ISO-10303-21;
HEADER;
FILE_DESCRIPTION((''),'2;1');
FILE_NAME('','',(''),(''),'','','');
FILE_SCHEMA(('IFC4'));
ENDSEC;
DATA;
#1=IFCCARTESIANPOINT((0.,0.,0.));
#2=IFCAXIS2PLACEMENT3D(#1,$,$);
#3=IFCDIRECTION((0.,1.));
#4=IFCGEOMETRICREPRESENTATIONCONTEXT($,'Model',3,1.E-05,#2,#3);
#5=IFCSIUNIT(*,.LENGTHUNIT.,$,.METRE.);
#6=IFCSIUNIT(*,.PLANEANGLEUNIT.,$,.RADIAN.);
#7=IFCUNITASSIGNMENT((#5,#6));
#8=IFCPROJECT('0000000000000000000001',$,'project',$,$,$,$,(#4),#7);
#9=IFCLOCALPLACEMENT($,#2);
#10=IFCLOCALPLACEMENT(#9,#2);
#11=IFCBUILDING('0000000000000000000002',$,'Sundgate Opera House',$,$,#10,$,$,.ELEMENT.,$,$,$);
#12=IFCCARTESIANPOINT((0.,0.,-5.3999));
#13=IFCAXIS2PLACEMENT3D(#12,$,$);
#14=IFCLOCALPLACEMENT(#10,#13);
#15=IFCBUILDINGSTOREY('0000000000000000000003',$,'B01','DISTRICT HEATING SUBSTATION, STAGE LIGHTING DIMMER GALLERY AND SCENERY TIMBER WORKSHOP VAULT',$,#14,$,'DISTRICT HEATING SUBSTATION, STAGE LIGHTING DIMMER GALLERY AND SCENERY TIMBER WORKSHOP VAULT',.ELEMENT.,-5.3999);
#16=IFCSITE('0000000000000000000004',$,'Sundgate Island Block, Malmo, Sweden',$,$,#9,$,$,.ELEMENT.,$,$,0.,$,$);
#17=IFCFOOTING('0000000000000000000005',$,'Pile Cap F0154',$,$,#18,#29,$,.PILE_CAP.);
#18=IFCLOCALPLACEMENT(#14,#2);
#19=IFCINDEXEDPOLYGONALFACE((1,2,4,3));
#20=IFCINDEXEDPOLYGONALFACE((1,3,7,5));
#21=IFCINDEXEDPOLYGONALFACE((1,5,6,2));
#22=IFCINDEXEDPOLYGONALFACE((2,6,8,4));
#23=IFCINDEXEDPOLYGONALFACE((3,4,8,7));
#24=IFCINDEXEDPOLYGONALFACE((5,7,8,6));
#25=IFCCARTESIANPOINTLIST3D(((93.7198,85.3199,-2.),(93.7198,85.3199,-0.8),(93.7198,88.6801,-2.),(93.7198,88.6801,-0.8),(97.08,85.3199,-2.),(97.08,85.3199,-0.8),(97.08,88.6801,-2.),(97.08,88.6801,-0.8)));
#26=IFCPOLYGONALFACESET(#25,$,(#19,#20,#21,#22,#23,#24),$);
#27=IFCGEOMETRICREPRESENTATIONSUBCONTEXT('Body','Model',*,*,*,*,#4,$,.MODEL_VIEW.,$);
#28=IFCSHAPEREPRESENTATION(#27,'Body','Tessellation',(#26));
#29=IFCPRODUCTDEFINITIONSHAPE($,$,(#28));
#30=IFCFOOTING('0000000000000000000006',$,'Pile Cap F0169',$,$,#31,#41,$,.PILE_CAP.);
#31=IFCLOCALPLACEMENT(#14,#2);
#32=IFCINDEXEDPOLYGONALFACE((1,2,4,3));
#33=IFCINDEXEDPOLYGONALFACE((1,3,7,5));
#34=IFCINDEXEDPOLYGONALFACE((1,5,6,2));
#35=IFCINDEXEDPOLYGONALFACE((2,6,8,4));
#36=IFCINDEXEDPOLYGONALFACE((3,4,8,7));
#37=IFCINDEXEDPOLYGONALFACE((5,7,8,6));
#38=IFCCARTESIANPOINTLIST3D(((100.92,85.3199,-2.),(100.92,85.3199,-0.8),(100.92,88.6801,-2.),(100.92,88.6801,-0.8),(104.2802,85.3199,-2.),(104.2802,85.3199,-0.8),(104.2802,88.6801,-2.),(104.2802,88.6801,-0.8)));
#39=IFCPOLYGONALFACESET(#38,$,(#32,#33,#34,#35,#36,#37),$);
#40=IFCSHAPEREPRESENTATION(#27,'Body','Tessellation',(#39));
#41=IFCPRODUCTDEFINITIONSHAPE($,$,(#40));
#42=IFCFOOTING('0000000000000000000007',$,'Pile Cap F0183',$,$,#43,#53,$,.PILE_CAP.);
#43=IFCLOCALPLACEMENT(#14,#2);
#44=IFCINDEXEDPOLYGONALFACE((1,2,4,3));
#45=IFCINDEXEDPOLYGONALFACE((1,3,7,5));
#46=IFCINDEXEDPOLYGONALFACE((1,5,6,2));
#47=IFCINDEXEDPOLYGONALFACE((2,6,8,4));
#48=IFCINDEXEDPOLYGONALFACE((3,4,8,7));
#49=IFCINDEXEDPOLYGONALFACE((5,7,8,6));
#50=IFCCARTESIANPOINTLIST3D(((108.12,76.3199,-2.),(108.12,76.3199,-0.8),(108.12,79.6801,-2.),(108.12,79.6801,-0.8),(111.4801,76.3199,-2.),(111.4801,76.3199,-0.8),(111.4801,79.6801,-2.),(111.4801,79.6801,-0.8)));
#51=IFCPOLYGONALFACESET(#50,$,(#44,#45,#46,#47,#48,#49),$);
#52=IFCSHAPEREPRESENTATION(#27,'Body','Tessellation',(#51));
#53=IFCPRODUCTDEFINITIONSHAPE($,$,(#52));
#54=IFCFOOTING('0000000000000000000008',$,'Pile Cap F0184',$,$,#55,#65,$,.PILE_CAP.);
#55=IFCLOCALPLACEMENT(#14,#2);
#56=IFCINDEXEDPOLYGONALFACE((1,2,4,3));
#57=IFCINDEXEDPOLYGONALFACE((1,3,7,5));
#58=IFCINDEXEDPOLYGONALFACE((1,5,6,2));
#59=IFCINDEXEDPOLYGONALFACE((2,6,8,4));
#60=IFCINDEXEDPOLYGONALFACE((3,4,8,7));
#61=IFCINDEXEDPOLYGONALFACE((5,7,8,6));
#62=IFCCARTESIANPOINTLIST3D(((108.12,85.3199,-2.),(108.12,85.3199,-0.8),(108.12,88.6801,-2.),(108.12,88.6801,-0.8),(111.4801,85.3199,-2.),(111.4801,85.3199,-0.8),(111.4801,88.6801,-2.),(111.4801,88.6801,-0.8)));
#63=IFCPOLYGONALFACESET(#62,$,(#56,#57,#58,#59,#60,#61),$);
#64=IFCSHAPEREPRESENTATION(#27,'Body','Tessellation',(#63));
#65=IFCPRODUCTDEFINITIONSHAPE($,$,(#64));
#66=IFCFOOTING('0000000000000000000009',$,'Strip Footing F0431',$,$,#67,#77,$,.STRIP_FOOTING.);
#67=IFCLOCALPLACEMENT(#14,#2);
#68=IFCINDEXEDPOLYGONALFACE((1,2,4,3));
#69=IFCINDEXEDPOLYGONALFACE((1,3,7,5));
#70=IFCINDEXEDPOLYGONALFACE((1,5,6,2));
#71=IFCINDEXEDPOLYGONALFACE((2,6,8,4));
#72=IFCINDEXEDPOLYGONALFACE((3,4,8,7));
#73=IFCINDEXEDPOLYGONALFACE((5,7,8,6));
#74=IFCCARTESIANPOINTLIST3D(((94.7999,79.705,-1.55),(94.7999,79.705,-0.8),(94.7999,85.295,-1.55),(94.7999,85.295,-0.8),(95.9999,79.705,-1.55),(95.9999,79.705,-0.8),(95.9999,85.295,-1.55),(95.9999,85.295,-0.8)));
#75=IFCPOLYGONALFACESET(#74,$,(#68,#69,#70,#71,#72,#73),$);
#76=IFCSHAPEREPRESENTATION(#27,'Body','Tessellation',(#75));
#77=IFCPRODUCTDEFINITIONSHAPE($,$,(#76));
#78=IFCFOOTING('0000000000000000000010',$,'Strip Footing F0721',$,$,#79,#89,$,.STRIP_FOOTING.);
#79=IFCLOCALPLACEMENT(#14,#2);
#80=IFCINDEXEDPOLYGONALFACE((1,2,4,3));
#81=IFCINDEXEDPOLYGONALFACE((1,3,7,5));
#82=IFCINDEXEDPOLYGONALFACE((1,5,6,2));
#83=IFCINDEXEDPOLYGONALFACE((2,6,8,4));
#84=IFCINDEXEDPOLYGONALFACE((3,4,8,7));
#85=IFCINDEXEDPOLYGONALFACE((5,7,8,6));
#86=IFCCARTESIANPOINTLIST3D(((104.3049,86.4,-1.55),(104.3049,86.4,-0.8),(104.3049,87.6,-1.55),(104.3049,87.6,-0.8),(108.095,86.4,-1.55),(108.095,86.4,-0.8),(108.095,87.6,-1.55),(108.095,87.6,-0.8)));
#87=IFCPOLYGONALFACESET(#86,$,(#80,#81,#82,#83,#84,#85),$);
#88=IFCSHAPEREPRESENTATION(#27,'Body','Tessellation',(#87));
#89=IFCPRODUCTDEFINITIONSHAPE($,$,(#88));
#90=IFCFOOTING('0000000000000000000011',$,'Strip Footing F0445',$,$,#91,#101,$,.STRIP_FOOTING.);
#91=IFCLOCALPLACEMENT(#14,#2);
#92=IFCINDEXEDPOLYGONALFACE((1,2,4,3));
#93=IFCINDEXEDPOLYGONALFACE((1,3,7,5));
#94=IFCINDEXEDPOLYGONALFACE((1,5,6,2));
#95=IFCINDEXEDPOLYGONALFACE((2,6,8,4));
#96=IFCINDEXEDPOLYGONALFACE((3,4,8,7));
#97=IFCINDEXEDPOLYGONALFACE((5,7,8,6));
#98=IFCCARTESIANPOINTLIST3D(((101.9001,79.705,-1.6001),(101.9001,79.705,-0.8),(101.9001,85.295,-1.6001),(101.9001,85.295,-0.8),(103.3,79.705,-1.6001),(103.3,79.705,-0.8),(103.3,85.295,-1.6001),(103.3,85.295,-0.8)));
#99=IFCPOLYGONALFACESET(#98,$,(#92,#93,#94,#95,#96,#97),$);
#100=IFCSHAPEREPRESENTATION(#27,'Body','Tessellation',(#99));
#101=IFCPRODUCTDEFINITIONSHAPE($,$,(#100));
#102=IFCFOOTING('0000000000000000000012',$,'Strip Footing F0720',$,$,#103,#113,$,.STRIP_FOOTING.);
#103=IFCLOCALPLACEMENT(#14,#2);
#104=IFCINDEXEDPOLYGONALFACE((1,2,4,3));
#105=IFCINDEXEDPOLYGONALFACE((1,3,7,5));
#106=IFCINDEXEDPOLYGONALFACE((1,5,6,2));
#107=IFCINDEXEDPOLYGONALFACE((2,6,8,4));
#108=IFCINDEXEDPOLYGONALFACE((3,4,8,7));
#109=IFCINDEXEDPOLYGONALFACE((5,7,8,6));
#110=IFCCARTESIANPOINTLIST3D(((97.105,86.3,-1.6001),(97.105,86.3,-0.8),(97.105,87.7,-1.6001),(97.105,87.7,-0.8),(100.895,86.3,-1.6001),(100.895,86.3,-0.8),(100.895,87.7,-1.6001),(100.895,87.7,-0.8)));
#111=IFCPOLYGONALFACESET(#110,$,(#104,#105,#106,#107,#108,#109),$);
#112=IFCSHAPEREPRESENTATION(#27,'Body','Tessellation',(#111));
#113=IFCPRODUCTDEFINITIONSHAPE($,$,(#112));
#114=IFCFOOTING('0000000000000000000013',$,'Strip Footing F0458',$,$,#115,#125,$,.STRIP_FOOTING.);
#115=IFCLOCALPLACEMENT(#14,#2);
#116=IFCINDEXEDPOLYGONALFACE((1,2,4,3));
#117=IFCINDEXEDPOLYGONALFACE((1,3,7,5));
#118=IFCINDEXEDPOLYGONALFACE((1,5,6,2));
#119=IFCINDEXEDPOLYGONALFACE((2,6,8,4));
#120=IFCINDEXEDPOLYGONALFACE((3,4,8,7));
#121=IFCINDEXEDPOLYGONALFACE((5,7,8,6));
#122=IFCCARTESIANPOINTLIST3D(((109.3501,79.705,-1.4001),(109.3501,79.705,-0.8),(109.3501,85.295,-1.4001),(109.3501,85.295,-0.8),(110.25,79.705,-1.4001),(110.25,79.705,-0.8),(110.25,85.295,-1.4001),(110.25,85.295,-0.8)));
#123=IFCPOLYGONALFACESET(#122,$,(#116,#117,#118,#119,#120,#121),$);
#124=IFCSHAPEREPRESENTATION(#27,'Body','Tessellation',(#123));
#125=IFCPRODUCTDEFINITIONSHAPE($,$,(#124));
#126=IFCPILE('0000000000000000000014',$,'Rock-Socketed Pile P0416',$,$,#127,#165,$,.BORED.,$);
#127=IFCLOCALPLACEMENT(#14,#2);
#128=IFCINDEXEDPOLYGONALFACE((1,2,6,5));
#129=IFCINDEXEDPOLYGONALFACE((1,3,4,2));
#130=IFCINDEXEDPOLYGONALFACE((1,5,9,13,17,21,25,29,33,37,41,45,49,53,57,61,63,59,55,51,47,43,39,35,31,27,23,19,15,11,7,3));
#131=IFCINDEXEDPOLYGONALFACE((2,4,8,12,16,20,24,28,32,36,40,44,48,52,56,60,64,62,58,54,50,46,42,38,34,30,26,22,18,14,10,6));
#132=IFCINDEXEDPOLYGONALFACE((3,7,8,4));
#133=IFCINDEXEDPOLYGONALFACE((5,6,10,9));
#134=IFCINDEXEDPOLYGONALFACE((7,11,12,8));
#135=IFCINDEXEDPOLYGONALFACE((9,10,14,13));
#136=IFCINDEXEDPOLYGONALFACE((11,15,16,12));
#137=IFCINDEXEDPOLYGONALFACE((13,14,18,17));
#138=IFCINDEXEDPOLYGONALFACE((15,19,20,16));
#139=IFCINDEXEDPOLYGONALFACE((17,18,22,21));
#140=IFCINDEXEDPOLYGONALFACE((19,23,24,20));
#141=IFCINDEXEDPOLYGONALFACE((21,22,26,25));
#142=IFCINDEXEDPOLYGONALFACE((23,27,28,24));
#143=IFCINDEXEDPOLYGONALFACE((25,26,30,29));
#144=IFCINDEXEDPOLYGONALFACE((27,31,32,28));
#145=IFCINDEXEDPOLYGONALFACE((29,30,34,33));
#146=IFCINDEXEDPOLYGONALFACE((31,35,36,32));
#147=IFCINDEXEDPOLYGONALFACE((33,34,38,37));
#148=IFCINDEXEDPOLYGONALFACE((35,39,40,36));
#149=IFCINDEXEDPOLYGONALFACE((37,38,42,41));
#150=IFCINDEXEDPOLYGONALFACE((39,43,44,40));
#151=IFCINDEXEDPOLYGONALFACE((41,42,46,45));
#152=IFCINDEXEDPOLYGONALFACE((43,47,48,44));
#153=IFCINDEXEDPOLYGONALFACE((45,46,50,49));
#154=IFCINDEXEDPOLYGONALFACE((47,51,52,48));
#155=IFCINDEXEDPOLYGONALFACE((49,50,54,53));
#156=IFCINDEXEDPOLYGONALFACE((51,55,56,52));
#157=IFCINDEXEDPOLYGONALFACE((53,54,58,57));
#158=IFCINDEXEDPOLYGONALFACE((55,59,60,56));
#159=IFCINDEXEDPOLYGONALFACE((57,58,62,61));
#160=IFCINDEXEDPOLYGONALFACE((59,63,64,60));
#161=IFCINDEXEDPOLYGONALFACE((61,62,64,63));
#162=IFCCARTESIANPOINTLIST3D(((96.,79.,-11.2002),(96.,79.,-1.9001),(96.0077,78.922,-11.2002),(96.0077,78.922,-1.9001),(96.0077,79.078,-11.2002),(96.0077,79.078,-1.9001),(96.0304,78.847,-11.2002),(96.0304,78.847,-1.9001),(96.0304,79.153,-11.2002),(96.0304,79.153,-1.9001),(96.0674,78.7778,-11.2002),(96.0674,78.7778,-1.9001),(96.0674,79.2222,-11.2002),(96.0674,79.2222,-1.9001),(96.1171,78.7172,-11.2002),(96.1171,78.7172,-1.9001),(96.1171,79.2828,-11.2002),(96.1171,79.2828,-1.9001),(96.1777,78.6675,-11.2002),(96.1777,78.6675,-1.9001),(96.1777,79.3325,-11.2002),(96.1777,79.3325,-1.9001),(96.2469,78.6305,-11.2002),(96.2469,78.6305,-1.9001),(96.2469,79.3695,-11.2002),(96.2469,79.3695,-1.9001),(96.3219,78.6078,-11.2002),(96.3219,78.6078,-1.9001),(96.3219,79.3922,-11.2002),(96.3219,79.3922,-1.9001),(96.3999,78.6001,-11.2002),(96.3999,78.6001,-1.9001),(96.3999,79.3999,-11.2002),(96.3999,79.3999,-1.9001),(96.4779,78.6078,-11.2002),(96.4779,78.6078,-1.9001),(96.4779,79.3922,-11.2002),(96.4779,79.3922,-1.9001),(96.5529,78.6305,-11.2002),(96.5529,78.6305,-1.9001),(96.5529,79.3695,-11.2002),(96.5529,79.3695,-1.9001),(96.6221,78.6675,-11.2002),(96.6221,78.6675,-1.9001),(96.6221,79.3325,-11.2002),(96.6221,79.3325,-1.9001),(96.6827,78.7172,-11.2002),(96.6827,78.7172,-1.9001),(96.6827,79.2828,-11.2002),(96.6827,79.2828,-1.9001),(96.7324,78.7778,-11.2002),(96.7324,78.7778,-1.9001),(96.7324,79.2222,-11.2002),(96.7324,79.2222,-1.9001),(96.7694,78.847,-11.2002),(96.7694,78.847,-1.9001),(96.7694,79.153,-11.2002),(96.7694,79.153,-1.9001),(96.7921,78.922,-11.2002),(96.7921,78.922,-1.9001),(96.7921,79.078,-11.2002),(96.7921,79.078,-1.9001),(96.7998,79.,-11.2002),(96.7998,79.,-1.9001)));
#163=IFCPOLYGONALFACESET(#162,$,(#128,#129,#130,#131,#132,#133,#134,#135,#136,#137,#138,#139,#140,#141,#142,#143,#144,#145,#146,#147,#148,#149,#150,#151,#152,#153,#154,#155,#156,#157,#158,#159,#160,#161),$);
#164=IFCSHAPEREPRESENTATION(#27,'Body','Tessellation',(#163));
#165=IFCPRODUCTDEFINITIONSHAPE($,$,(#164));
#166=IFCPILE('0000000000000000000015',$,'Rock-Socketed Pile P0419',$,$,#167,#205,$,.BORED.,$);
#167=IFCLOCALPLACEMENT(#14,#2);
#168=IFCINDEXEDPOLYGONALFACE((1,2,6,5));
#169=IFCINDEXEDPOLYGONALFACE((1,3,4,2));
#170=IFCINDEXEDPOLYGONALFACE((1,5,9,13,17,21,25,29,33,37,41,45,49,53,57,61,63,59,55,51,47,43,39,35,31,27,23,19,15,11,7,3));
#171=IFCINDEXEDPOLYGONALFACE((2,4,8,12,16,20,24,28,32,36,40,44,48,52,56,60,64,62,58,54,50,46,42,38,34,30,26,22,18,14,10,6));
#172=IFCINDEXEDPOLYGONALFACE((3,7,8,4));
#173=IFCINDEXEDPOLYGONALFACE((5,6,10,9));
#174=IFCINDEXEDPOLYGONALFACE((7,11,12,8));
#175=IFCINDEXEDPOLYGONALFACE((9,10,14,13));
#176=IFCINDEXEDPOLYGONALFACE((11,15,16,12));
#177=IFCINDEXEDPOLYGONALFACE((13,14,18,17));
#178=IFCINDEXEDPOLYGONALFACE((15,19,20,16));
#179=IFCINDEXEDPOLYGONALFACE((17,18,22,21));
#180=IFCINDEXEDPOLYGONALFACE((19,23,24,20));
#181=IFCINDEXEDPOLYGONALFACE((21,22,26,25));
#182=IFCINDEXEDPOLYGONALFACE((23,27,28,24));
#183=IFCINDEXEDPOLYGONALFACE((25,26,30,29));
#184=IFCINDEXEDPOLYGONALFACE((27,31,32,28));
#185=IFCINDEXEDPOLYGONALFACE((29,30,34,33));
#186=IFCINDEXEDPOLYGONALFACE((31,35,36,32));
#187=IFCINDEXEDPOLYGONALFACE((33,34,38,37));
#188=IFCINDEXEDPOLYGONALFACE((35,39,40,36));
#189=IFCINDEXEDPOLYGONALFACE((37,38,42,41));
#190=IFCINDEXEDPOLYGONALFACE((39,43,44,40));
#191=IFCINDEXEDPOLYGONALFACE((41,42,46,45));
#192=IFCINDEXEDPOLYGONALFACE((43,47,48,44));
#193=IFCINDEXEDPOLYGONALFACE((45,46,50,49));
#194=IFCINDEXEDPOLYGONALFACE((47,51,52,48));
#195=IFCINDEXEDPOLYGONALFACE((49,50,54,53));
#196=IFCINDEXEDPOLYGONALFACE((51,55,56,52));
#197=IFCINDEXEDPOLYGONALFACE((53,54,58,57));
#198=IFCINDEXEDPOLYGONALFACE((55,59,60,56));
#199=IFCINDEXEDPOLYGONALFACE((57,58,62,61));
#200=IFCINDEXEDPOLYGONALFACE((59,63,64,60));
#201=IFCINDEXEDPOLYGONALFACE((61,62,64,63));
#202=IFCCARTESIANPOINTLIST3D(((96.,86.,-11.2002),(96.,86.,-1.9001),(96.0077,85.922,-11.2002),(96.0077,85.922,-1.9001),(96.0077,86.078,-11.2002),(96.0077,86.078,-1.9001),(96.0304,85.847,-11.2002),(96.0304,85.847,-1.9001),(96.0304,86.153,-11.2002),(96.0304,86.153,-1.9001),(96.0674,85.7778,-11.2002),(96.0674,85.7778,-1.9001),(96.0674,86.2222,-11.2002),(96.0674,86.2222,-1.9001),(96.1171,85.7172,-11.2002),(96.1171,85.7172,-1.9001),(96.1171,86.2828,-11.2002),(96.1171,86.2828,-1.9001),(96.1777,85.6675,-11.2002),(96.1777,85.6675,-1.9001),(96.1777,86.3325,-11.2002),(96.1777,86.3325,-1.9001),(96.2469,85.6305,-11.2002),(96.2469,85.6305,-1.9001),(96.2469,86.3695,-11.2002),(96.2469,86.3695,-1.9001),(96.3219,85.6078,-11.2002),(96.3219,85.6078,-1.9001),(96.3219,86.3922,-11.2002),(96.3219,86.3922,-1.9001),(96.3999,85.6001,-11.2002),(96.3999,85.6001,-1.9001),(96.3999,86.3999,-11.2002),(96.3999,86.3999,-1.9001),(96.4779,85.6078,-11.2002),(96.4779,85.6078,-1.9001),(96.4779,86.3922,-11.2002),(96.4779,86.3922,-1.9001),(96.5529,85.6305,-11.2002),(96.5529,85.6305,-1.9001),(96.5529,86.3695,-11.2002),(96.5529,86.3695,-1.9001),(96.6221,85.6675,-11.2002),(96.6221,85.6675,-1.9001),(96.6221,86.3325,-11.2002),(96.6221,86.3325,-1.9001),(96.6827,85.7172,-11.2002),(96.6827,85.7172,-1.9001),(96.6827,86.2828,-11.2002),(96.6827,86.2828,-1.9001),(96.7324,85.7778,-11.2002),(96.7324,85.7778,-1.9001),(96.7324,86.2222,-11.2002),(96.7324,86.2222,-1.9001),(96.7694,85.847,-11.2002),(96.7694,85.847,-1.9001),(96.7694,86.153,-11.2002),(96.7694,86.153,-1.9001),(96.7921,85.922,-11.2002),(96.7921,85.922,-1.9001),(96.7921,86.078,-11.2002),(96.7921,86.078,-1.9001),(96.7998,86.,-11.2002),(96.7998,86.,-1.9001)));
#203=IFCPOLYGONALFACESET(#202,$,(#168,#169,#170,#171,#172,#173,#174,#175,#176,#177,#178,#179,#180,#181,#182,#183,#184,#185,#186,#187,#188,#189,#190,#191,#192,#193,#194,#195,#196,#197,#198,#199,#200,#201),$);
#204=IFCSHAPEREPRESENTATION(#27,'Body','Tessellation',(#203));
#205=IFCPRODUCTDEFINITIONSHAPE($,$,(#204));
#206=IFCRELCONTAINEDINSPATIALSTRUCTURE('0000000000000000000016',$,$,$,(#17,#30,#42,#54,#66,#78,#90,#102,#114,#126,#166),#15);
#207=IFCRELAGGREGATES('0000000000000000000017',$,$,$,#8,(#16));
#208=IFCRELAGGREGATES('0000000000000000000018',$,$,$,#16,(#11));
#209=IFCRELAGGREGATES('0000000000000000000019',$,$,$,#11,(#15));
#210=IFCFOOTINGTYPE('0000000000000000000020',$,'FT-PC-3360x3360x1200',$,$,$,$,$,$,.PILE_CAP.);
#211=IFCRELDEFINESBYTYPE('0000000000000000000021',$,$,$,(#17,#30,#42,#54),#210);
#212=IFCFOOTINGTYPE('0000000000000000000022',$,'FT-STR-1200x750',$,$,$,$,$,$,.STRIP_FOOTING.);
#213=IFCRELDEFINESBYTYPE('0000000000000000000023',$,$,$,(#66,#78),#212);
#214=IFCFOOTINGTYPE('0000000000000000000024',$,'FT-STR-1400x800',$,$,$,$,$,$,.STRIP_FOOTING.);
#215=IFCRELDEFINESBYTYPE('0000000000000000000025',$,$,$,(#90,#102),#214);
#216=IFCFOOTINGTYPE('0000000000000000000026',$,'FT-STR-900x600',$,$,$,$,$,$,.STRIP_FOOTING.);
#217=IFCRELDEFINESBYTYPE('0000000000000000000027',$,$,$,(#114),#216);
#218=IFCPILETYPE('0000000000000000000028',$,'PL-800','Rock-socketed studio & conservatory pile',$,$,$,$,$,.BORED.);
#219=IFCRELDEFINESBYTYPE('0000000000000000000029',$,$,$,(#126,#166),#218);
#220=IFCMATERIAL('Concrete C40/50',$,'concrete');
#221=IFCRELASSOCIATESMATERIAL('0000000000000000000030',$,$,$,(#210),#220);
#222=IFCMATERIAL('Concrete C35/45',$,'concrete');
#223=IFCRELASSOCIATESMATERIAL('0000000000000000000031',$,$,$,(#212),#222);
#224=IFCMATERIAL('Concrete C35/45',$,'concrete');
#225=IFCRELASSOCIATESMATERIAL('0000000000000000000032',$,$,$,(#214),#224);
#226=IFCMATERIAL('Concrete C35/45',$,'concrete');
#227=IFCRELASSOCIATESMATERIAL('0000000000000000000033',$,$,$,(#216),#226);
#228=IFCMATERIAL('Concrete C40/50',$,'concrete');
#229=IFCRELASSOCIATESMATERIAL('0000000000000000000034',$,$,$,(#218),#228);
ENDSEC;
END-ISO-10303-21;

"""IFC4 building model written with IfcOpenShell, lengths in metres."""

from ifc_helpers import new_model, si_unit, direction, frame, origin, origin_2d, place, context, subcontext, project, spatial, rectangle, circle, extrude, material, material_profile, profile_set, type_object, element, save


model = new_model("IFC4")

# Units and contexts
model_context = context("Model", 3, precision=1e-05, world=origin(), true_north=direction((0.0, 1.0)))
body_context = subcontext(model_context, "Body", "Model", "MODEL_VIEW")
ifc_project = project(units=[si_unit("LENGTHUNIT", "METRE"), si_unit("PLANEANGLEUNIT", "RADIAN")], contexts=[model_context])

# Site, building, storey
site_placement = place(None, origin())
site = spatial("IfcSite", under=ifc_project, at=site_placement, Name="Sundgate Island Block, Malmo, Sweden", CompositionType="ELEMENT", RefElevation=0.0)
building_placement = place(site_placement, origin())
building = spatial("IfcBuilding", under=site, at=building_placement, Name="Sundgate Opera House", CompositionType="ELEMENT")
storey_placement = place(building_placement, frame((0.0, 0.0, -5.3999)))
storey = spatial("IfcBuildingStorey", under=building, at=storey_placement, Name="B01", Description="DISTRICT HEATING SUBSTATION, STAGE LIGHTING DIMMER GALLERY AND SCENERY TIMBER WORKSHOP VAULT", LongName="DISTRICT HEATING SUBSTATION, STAGE LIGHTING DIMMER GALLERY AND SCENERY TIMBER WORKSHOP VAULT", CompositionType="ELEMENT", Elevation=-5.3999)

# Footings
ifc_material_1 = material(Name="Concrete C40/50", Category="concrete")
footing_type_1 = type_object("IfcFootingType", Name="FT-PC-3360x3360x1200", PredefinedType="PILE_CAP", material=ifc_material_1)
for number, where, z_axis, x_axis, name in (
    (1, (95.3999, 87.0, -2.0), (0.0, 0.0, 1.0), (1.0, 0.0, 0.0), "Pile Cap F0154"),
    (2, (102.6001, 87.0, -2.0), (0.0, 0.0, 1.0), (1.0, 0.0, 0.0), "Pile Cap F0169"),
    (3, (109.8, 78.0, -2.0), (0.0, 0.0, 1.0), (1.0, 0.0, 0.0), "Pile Cap F0183"),
    (4, (109.8, 87.0, -2.0), (0.0, 0.0, 1.0), (1.0, 0.0, 0.0), "Pile Cap F0184"),
):
    element("IfcFooting", number, at=place(storey_placement, frame(where, z_axis=z_axis, x_axis=x_axis)), inside=storey, type_object=footing_type_1, Name=name, PredefinedType="PILE_CAP", context=body_context, shape_type="SweptSolid", body=[
        extrude(rectangle(XDim=3.3601, YDim=3.3601, at=origin_2d()), origin(), (0.0, 0.0, 1.0), 1.2),
    ])
ifc_material_2 = material(Name="Concrete C35/45", Category="concrete")
footing_type_2 = type_object("IfcFootingType", Name="FT-STR-1200x750", PredefinedType="STRIP_FOOTING", material=ifc_material_2)
footing_1_placement = place(storey_placement, frame((95.3999, 82.5, -1.55), z_axis=(0.0, 0.0, 1.0), x_axis=(1.0, 0.0, 0.0)))
element("IfcFooting", 5, at=footing_1_placement, inside=storey, type_object=footing_type_2, Name="Strip Footing F0431", PredefinedType="STRIP_FOOTING", context=body_context, shape_type="SweptSolid", body=[
    extrude(rectangle(XDim=1.2, YDim=5.5901, at=origin_2d()), origin(), (0.0, 0.0, 1.0), 0.75),
])
footing_2_placement = place(storey_placement, frame((106.2, 87.0, -1.55), z_axis=(0.0, 0.0, 1.0), x_axis=(1.0, 0.0, 0.0)))
element("IfcFooting", 6, at=footing_2_placement, inside=storey, type_object=footing_type_2, Name="Strip Footing F0721", PredefinedType="STRIP_FOOTING", context=body_context, shape_type="SweptSolid", body=[
    extrude(rectangle(XDim=3.79, YDim=1.2, at=origin_2d()), origin(), (0.0, 0.0, 1.0), 0.75),
])
ifc_material_3 = material(Name="Concrete C35/45", Category="concrete")
footing_type_3 = type_object("IfcFootingType", Name="FT-STR-1400x800", PredefinedType="STRIP_FOOTING", material=ifc_material_3)
footing_3_placement = place(storey_placement, frame((102.6001, 82.5, -1.6001), z_axis=(0.0, 0.0, 1.0), x_axis=(1.0, 0.0, 0.0)))
element("IfcFooting", 7, at=footing_3_placement, inside=storey, type_object=footing_type_3, Name="Strip Footing F0445", PredefinedType="STRIP_FOOTING", context=body_context, shape_type="SweptSolid", body=[
    extrude(rectangle(XDim=1.3999, YDim=5.5901, at=origin_2d()), origin(), (0.0, 0.0, 1.0), 0.8),
])
footing_4_placement = place(storey_placement, frame((99.0, 87.0, -1.6001), z_axis=(0.0, 0.0, 1.0), x_axis=(1.0, 0.0, 0.0)))
element("IfcFooting", 8, at=footing_4_placement, inside=storey, type_object=footing_type_3, Name="Strip Footing F0720", PredefinedType="STRIP_FOOTING", context=body_context, shape_type="SweptSolid", body=[
    extrude(rectangle(XDim=3.79, YDim=1.3999, at=origin_2d()), origin(), (0.0, 0.0, 1.0), 0.8),
])
ifc_material_4 = material(Name="Concrete C35/45", Category="concrete")
footing_type_4 = type_object("IfcFootingType", Name="FT-STR-900x600", PredefinedType="STRIP_FOOTING", material=ifc_material_4)
footing_5_placement = place(storey_placement, frame((109.8, 82.5, -1.4001), z_axis=(0.0, 0.0, 1.0), x_axis=(1.0, 0.0, 0.0)))
element("IfcFooting", 9, at=footing_5_placement, inside=storey, type_object=footing_type_4, Name="Strip Footing F0458", PredefinedType="STRIP_FOOTING", context=body_context, shape_type="SweptSolid", body=[
    extrude(rectangle(XDim=0.8999, YDim=5.5901, at=origin_2d()), origin(), (0.0, 0.0, 1.0), 0.6001),
])

# Piles
ifc_material_5 = material(Name="Concrete C40/50", Category="concrete")
ifc_material_profile_1 = material_profile(ifc_material_5, circle(Radius=0.3999, at=origin_2d()), Name="PILE D800")
ifc_profile_set_1 = profile_set([ifc_material_profile_1], Name="Concrete C40/50")
pile_type = type_object("IfcPileType", Name="PL-800", Description="Rock-socketed studio & conservatory pile", PredefinedType="BORED", material=ifc_profile_set_1)
for number, where, z_axis, x_axis, name in (
    (10, (96.3999, 79.0, -1.9001), (0.0, 0.0, -1.0), (1.0, 0.0, 0.0), "Rock-Socketed Pile P0416"),
    (11, (96.3999, 86.0, -1.9001), (0.0, 0.0, -1.0), (1.0, 0.0, 0.0), "Rock-Socketed Pile P0419"),
):
    element("IfcPile", number, at=place(storey_placement, frame(where, z_axis=z_axis, x_axis=x_axis)), inside=storey, type_object=pile_type, Name=name, PredefinedType="BORED", context=body_context, shape_type="SweptSolid", body=[
        extrude(circle(Radius=0.3999, at=origin_2d()), origin(), (0.0, 0.0, 1.0), 9.3),
    ])

save(model, "model.ifc")
